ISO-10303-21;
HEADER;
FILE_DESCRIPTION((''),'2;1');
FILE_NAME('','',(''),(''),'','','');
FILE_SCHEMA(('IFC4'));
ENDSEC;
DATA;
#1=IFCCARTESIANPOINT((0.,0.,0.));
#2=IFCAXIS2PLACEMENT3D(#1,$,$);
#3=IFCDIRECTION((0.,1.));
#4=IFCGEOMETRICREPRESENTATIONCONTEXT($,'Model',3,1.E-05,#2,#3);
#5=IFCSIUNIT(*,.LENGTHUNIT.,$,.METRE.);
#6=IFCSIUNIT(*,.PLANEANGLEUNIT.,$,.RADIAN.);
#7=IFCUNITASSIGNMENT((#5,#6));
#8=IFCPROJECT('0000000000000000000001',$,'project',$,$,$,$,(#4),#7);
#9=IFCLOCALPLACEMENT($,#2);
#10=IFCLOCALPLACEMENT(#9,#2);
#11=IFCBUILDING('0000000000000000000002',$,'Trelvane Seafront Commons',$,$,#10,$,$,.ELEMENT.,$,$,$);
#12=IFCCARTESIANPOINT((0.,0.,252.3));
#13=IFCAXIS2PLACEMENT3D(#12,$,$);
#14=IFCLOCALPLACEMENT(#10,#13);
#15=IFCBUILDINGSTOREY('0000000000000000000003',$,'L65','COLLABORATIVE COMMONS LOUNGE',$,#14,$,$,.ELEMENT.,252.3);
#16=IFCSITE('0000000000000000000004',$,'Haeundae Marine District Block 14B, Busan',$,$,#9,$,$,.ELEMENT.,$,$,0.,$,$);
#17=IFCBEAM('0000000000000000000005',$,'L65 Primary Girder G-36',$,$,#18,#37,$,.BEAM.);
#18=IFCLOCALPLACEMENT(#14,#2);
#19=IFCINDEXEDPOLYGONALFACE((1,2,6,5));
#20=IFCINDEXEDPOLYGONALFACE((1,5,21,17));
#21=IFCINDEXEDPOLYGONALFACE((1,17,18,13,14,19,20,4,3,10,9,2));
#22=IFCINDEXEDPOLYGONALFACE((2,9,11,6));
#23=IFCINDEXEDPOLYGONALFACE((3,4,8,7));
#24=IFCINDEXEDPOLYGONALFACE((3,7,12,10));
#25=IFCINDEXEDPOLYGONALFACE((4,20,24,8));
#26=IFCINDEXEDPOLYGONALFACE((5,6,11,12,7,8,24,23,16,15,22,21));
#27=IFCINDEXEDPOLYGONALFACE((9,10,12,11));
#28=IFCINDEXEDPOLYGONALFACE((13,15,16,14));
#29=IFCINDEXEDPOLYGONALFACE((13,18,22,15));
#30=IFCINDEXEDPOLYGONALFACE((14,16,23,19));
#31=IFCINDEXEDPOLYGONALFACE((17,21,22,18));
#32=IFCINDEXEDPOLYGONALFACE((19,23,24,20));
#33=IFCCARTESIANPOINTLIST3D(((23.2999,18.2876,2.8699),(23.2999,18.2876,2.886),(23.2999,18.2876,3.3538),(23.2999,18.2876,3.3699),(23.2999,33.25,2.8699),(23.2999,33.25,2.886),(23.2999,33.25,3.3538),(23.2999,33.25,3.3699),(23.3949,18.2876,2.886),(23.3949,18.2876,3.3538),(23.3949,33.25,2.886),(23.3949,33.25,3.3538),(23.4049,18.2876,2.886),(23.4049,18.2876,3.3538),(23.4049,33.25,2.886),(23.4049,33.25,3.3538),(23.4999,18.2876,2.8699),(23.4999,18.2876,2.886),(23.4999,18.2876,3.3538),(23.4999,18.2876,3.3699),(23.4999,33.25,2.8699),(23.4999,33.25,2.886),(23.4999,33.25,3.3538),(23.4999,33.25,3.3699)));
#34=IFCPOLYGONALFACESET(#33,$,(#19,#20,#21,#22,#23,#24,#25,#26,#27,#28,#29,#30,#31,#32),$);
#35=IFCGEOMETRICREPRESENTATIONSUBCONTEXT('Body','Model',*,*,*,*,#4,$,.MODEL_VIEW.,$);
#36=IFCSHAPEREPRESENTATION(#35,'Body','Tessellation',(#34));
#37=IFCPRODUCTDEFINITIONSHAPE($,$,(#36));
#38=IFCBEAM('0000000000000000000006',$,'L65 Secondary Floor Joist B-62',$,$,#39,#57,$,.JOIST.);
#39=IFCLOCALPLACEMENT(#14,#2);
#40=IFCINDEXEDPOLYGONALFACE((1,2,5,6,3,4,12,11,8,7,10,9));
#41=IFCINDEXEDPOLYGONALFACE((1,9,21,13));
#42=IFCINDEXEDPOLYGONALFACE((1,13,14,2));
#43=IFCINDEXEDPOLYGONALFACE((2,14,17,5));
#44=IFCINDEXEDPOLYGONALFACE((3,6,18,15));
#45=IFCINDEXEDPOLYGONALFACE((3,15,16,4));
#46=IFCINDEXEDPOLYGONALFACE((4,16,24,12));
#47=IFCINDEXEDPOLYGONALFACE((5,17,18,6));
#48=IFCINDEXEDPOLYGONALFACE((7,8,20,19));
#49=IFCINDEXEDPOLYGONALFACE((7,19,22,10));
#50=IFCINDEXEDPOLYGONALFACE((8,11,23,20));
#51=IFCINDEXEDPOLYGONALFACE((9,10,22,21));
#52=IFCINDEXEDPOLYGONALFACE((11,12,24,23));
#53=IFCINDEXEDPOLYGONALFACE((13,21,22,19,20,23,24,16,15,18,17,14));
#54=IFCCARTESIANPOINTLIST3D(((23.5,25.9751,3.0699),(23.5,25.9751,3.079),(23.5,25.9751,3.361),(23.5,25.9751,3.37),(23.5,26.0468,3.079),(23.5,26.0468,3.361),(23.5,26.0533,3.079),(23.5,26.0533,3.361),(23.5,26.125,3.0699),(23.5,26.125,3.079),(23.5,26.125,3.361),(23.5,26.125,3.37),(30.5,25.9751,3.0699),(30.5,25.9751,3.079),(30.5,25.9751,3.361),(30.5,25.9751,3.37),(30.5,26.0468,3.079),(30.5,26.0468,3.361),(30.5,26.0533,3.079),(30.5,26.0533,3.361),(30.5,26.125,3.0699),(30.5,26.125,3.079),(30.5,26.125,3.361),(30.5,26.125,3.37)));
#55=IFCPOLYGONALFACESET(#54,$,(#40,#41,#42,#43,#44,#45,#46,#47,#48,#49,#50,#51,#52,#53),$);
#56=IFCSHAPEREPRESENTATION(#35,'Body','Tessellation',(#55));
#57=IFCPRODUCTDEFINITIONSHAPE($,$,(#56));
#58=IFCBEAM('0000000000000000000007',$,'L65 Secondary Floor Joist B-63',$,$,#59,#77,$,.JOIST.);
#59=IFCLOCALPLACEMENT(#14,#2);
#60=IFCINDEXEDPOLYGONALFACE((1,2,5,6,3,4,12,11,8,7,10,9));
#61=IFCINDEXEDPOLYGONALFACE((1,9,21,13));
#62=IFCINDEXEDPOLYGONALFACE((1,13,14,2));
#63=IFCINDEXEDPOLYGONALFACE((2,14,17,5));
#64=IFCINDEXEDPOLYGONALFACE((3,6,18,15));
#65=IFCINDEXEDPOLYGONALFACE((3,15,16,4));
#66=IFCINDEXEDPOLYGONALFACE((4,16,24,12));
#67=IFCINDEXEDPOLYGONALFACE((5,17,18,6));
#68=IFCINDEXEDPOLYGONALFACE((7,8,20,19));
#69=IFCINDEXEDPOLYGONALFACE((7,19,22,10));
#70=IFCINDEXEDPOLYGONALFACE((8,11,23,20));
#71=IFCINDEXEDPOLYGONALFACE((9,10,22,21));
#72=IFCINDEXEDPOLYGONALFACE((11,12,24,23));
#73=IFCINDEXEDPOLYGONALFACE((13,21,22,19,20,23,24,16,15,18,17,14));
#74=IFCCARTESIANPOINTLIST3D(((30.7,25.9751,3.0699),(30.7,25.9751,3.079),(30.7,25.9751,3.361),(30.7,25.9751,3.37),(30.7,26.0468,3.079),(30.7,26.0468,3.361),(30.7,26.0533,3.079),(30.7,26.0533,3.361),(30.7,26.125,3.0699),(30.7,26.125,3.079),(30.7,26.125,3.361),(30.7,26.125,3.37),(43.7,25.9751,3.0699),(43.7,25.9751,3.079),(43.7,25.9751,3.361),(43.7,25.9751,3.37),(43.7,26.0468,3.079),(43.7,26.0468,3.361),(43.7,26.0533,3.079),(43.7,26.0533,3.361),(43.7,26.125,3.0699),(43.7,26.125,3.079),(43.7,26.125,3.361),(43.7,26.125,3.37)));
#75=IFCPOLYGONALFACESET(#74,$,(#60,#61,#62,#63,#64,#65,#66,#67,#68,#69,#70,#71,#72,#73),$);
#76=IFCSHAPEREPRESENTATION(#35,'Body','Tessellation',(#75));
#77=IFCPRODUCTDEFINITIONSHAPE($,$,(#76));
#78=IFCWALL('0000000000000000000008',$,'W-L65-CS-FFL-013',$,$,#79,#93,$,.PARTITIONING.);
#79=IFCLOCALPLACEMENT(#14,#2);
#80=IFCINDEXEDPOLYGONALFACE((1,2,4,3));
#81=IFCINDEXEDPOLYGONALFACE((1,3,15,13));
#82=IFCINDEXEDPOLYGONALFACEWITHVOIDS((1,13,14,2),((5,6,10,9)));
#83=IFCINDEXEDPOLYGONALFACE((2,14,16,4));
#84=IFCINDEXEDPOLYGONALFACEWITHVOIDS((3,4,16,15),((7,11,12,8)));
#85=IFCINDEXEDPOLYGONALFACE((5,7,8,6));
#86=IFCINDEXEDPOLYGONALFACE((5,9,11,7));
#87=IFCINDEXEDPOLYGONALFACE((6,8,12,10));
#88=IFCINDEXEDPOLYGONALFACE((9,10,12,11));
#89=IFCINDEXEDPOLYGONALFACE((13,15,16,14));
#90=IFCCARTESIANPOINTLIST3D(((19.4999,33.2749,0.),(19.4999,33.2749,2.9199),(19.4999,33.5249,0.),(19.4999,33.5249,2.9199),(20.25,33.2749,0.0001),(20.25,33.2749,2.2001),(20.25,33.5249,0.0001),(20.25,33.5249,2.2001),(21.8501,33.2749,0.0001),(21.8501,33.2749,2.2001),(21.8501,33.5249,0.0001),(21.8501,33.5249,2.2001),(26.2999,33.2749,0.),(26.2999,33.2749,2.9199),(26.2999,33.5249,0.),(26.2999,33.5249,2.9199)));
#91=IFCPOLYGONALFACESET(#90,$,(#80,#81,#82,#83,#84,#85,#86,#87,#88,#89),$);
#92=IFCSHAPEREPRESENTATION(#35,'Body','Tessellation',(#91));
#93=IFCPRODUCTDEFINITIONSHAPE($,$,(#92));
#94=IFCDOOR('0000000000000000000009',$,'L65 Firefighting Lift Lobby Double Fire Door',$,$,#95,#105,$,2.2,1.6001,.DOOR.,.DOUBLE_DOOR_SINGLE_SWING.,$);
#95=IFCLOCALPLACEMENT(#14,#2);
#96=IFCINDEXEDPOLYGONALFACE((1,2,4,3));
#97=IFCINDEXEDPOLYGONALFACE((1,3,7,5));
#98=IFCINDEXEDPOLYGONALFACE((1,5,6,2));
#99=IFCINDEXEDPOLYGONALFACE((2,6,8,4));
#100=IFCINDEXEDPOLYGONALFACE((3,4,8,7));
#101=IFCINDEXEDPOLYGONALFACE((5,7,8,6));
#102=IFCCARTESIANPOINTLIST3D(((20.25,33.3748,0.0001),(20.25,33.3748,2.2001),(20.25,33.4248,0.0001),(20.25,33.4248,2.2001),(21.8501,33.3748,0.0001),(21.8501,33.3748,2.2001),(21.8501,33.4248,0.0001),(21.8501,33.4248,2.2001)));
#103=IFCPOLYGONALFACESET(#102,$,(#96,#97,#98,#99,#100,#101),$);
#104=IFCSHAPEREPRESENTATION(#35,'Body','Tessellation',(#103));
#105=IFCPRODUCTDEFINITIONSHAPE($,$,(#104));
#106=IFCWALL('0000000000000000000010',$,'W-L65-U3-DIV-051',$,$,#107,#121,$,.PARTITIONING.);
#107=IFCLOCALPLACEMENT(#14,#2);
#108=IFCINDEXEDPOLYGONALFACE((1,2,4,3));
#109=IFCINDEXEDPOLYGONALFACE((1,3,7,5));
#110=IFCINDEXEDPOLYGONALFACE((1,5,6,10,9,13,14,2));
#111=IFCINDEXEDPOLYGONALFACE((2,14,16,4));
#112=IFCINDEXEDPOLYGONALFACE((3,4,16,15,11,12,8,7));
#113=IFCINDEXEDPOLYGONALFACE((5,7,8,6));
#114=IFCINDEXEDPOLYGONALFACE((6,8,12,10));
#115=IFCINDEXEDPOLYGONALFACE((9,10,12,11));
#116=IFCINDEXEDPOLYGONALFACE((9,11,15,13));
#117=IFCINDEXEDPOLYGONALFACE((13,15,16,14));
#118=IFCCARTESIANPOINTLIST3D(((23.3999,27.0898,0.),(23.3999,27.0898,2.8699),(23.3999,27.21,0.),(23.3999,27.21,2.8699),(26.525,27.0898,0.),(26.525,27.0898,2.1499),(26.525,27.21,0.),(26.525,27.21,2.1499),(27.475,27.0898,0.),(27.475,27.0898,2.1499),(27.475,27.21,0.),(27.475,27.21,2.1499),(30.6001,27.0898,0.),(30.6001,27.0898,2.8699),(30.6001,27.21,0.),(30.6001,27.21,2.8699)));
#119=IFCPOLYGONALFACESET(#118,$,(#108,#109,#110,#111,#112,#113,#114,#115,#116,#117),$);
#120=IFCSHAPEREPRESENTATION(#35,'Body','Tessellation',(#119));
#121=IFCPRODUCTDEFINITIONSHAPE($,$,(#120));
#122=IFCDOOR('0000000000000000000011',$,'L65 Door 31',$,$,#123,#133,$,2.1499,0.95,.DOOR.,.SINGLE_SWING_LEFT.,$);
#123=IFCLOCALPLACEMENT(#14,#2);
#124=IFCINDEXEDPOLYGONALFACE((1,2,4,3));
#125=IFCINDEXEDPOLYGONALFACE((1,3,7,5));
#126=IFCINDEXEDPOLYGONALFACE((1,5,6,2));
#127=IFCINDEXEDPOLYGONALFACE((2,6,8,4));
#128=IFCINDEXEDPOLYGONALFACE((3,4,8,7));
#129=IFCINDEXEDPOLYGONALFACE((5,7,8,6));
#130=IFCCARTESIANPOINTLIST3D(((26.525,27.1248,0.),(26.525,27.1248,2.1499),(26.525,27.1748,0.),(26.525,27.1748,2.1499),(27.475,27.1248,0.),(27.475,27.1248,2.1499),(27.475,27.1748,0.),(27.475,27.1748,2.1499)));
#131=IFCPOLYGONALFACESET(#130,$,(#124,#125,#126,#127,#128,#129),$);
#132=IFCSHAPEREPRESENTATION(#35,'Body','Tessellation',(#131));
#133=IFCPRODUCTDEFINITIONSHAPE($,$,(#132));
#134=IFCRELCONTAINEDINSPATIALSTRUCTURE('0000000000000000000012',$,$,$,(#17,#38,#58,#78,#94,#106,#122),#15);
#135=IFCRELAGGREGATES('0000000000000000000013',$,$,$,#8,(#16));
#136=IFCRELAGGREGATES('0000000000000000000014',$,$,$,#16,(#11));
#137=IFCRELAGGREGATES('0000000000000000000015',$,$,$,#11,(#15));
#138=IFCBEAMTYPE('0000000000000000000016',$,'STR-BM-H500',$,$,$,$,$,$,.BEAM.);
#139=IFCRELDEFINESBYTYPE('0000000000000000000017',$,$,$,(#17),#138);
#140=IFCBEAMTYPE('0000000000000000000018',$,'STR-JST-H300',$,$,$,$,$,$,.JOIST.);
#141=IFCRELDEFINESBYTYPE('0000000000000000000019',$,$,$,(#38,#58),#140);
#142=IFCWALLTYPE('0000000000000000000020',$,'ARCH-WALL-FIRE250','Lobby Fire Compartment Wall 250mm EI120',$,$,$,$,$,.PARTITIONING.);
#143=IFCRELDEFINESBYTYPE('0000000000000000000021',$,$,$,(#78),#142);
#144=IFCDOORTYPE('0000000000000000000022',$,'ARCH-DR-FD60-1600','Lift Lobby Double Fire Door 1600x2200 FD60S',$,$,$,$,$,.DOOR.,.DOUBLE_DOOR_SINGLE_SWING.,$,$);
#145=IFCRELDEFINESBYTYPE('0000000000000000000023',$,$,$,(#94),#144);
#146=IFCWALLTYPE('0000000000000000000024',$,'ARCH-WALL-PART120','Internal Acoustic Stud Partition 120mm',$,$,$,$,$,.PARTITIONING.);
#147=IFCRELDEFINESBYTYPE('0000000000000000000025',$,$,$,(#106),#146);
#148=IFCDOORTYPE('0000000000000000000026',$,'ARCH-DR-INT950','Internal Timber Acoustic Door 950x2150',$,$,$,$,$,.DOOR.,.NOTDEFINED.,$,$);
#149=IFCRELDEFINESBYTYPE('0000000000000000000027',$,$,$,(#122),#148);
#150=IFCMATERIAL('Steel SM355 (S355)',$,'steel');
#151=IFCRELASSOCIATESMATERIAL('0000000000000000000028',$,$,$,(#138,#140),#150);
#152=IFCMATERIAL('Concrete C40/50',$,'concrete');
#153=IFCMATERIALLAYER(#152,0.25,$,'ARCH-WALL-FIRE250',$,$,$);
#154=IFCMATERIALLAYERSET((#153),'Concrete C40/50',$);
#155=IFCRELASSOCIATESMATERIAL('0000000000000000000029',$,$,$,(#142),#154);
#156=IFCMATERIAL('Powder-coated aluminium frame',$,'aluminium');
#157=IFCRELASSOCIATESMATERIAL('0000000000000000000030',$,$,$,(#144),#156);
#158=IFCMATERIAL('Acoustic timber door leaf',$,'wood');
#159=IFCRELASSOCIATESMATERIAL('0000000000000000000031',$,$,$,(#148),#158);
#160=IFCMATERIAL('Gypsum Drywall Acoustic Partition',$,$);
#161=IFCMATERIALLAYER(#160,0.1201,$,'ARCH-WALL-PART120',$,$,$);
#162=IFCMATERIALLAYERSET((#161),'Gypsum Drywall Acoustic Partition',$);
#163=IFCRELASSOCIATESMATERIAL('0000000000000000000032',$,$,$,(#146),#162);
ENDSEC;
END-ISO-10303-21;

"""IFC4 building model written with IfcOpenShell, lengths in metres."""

from ifc_helpers import new_model, si_unit, direction, frame, frame_2d, origin, origin_2d, place, context, subcontext, project, spatial, rectangle, i_section, extrude, source, transform, mapped, material, layer, layer_set, material_profile, profile_set, type_object, element, fill, save


model = new_model("IFC4")

# Units and contexts
model_context = context("Model", 3, precision=1e-05, world=origin(), true_north=direction((0.0, 1.0)))
body_context = subcontext(model_context, "Body", "Model", "MODEL_VIEW")
ifc_project = project(units=[si_unit("LENGTHUNIT", "METRE"), si_unit("PLANEANGLEUNIT", "RADIAN")], contexts=[model_context])

# Site, building, storey
site_placement = place(None, origin())
site = spatial("IfcSite", under=ifc_project, at=site_placement, Name="Haeundae Marine District Block 14B, Busan", CompositionType="ELEMENT", RefElevation=0.0)
building_placement = place(site_placement, origin())
building = spatial("IfcBuilding", under=site, at=building_placement, Name="Trelvane Seafront Commons", CompositionType="ELEMENT")
storey_placement = place(building_placement, frame((0.0, 0.0, 252.3)))
storey = spatial("IfcBuildingStorey", under=building, at=storey_placement, Name="L65", Description="COLLABORATIVE COMMONS LOUNGE", CompositionType="ELEMENT", Elevation=252.3)

# Shared definitions
ifc_material_1 = material(Name="Steel SM355 (S355)", Category="steel")

# Beams
ifc_material_profile_1 = material_profile(ifc_material_1, i_section(OverallWidth=0.2, OverallDepth=0.5, WebThickness=0.01, FlangeThickness=0.0161, at=origin_2d()), Name="H-500x200x10x16")
ifc_profile_set_1 = profile_set([ifc_material_profile_1], Name="Steel SM355 (S355)")
beam_type_1 = type_object("IfcBeamType", Name="STR-BM-H500", PredefinedType="BEAM", material=ifc_profile_set_1)
shared_shape_1 = source(origin(), body_context, "Body", "SweptSolid", [
    extrude(i_section(OverallWidth=0.2, OverallDepth=0.5, WebThickness=0.01, FlangeThickness=0.0161, at=origin_2d()), origin(), (0.0, 0.0, 1.0), 14.9624),
])
beam_1_placement = place(storey_placement, frame((23.3999, 18.2876, 3.1199), z_axis=(0.0, 1.0, 0.0), x_axis=(-1.0, 0.0, 0.0)))
element("IfcBeam", 1, at=beam_1_placement, inside=storey, type_object=beam_type_1, Name="L65 Primary Girder G-36", PredefinedType="BEAM", context=body_context, shape_type="MappedRepresentation", body=[
    mapped(shared_shape_1, transform((0.0, 0.0, 0.0), x_axis=(1.0, 0.0, 0.0), y_axis=(0.0, 1.0, 0.0), z_axis=(0.0, 0.0, 1.0), scale=1.0)),
])
ifc_material_profile_2 = material_profile(ifc_material_1, i_section(OverallWidth=0.1499, OverallDepth=0.3, WebThickness=0.0066, FlangeThickness=0.009, at=origin_2d()), Name="H-300x150x6.5x9")
ifc_profile_set_2 = profile_set([ifc_material_profile_2], Name="Steel SM355 (S355)")
beam_type_2 = type_object("IfcBeamType", Name="STR-JST-H300", PredefinedType="JOIST", material=ifc_profile_set_2)
shared_shape_2 = source(origin(), body_context, "Body", "SweptSolid", [
    extrude(i_section(OverallWidth=0.1499, OverallDepth=0.3, WebThickness=0.0066, FlangeThickness=0.009, at=origin_2d()), origin(), (0.0, 0.0, 1.0), 7.0),
])
beam_2_placement = place(storey_placement, frame((23.5, 26.05, 3.22), z_axis=(1.0, 0.0, 0.0), x_axis=(0.0, 1.0, 0.0)))
element("IfcBeam", 2, at=beam_2_placement, inside=storey, type_object=beam_type_2, Name="L65 Secondary Floor Joist B-62", PredefinedType="JOIST", context=body_context, shape_type="MappedRepresentation", body=[
    mapped(shared_shape_2, transform((0.0, 0.0, 0.0), x_axis=(1.0, 0.0, 0.0), y_axis=(0.0, 1.0, 0.0), z_axis=(0.0, 0.0, 1.0), scale=1.0)),
])
shared_shape_3 = source(origin(), body_context, "Body", "SweptSolid", [
    extrude(i_section(OverallWidth=0.1499, OverallDepth=0.3, WebThickness=0.0066, FlangeThickness=0.009, at=origin_2d()), origin(), (0.0, 0.0, 1.0), 13.0),
])
beam_3_placement = place(storey_placement, frame((30.7, 26.05, 3.22), z_axis=(1.0, 0.0, 0.0), x_axis=(0.0, 1.0, 0.0)))
element("IfcBeam", 3, at=beam_3_placement, inside=storey, type_object=beam_type_2, Name="L65 Secondary Floor Joist B-63", PredefinedType="JOIST", context=body_context, shape_type="MappedRepresentation", body=[
    mapped(shared_shape_3, transform((0.0, 0.0, 0.0), x_axis=(1.0, 0.0, 0.0), y_axis=(0.0, 1.0, 0.0), z_axis=(0.0, 0.0, 1.0), scale=1.0)),
])

# Walls, openings, doors
ifc_material_2 = material(Name="Concrete C40/50", Category="concrete")
ifc_layer_1 = layer(ifc_material_2, 0.25, Name="ARCH-WALL-FIRE250")
ifc_layer_set_1 = layer_set([ifc_layer_1], Name="Concrete C40/50")
wall_type_1 = type_object("IfcWallType", Name="ARCH-WALL-FIRE250", Description="Lobby Fire Compartment Wall 250mm EI120", PredefinedType="PARTITIONING", material=ifc_layer_set_1)
wall_1_placement = place(storey_placement, frame((19.5, 33.3999, 0.0), z_axis=(0.0, 0.0, 1.0), x_axis=(1.0, 0.0, 0.0)))
wall_1 = element("IfcWall", 4, at=wall_1_placement, inside=storey, type_object=wall_type_1, Name="W-L65-CS-FFL-013", PredefinedType="PARTITIONING", context=body_context, shape_type="SweptSolid", body=[
    extrude(rectangle(XDim=6.8, YDim=0.25, at=frame_2d((3.3999, 0.0))), origin(), (0.0, 0.0, 1.0), 2.9199),
])
opening_1_placement = place(wall_1_placement, frame((0.75, 0.0, 0.0)))
opening_1 = element("IfcOpeningElement", 5, at=opening_1_placement, cuts=wall_1, PredefinedType="OPENING", context=body_context, shape_type="SweptSolid", body=[
    extrude(rectangle(XDim=1.6001, YDim=2.2, at=frame_2d((0.8, 1.1001))), frame((0.0, 0.135, 0.0), z_axis=(0.0, -1.0, 0.0), x_axis=(1.0, 0.0, 0.0)), (0.0, 0.0, 1.0), 0.27),
])
ifc_material_3 = material(Name="Powder-coated aluminium frame", Category="aluminium")
door_type_1 = type_object("IfcDoorType", Name="ARCH-DR-FD60-1600", Description="Lift Lobby Double Fire Door 1600x2200 FD60S", OperationType="DOUBLE_DOOR_SINGLE_SWING", PredefinedType="DOOR", material=ifc_material_3)
shared_shape_4 = source(origin(), body_context, "Body", "SweptSolid", [
    extrude(rectangle(XDim=1.6001, YDim=2.2, at=frame_2d((0.8, 1.1001))), frame((0.0, 0.0249, 0.0), z_axis=(0.0, -1.0, 0.0), x_axis=(1.0, 0.0, 0.0)), (0.0, 0.0, 1.0), 0.05),
])
door_1_placement = place(opening_1_placement, origin())
door_1 = element("IfcDoor", 6, at=door_1_placement, inside=storey, type_object=door_type_1, Name="L65 Firefighting Lift Lobby Double Fire Door", OperationType="DOUBLE_DOOR_SINGLE_SWING", OverallHeight=2.2, OverallWidth=1.6001, PredefinedType="DOOR", context=body_context, shape_type="MappedRepresentation", body=[
    mapped(shared_shape_4, transform((0.0, 0.0, 0.0), x_axis=(1.0, 0.0, 0.0), y_axis=(0.0, 1.0, 0.0), z_axis=(0.0, 0.0, 1.0), scale=1.0)),
])
fill(opening_1, door_1)
ifc_material_4 = material(Name="Acoustic timber door leaf", Category="wood")
door_type_2 = type_object("IfcDoorType", Name="ARCH-DR-INT950", Description="Internal Timber Acoustic Door 950x2150", OperationType="NOTDEFINED", PredefinedType="DOOR", material=ifc_material_4)
shared_shape_5 = source(origin(), body_context, "Body", "SweptSolid", [
    extrude(rectangle(XDim=0.95, YDim=2.1499, at=frame_2d((0.4751, 1.075))), frame((0.0, 0.0249, 0.0), z_axis=(0.0, -1.0, 0.0), x_axis=(1.0, 0.0, 0.0)), (0.0, 0.0, 1.0), 0.05),
])
ifc_material_5 = material(Name="Gypsum Drywall Acoustic Partition")
ifc_layer_2 = layer(ifc_material_5, 0.1201, Name="ARCH-WALL-PART120")
ifc_layer_set_2 = layer_set([ifc_layer_2], Name="Gypsum Drywall Acoustic Partition")
wall_type_2 = type_object("IfcWallType", Name="ARCH-WALL-PART120", Description="Internal Acoustic Stud Partition 120mm", PredefinedType="PARTITIONING", material=ifc_layer_set_2)
wall_2_placement = place(storey_placement, frame((23.3999, 27.1499, 0.0), z_axis=(0.0, 0.0, 1.0), x_axis=(1.0, 0.0, 0.0)))
wall_2 = element("IfcWall", 7, at=wall_2_placement, inside=storey, type_object=wall_type_2, Name="W-L65-U3-DIV-051", PredefinedType="PARTITIONING", context=body_context, shape_type="SweptSolid", body=[
    extrude(rectangle(XDim=7.2002, YDim=0.1201, at=frame_2d((3.6001, 0.0))), origin(), (0.0, 0.0, 1.0), 2.8699),
])
opening_2_placement = place(wall_2_placement, frame((3.125, 0.0, 0.0)))
opening_2 = element("IfcOpeningElement", 8, at=opening_2_placement, cuts=wall_2, PredefinedType="OPENING", context=body_context, shape_type="SweptSolid", body=[
    extrude(rectangle(XDim=0.95, YDim=2.1499, at=frame_2d((0.4751, 1.075))), frame((0.0, 0.0701, 0.0), z_axis=(0.0, -1.0, 0.0), x_axis=(1.0, 0.0, 0.0)), (0.0, 0.0, 1.0), 0.1401),
])
door_2_placement = place(opening_2_placement, origin())
door_2 = element("IfcDoor", 9, at=door_2_placement, inside=storey, type_object=door_type_2, Name="L65 Door 31", OperationType="SINGLE_SWING_LEFT", OverallHeight=2.1499, OverallWidth=0.95, PredefinedType="DOOR", context=body_context, shape_type="MappedRepresentation", body=[
    mapped(shared_shape_5, transform((0.0, 0.0, 0.0), x_axis=(1.0, 0.0, 0.0), y_axis=(0.0, 1.0, 0.0), z_axis=(0.0, 0.0, 1.0), scale=1.0)),
])
fill(opening_2, door_2)

save(model, "model.ifc")
